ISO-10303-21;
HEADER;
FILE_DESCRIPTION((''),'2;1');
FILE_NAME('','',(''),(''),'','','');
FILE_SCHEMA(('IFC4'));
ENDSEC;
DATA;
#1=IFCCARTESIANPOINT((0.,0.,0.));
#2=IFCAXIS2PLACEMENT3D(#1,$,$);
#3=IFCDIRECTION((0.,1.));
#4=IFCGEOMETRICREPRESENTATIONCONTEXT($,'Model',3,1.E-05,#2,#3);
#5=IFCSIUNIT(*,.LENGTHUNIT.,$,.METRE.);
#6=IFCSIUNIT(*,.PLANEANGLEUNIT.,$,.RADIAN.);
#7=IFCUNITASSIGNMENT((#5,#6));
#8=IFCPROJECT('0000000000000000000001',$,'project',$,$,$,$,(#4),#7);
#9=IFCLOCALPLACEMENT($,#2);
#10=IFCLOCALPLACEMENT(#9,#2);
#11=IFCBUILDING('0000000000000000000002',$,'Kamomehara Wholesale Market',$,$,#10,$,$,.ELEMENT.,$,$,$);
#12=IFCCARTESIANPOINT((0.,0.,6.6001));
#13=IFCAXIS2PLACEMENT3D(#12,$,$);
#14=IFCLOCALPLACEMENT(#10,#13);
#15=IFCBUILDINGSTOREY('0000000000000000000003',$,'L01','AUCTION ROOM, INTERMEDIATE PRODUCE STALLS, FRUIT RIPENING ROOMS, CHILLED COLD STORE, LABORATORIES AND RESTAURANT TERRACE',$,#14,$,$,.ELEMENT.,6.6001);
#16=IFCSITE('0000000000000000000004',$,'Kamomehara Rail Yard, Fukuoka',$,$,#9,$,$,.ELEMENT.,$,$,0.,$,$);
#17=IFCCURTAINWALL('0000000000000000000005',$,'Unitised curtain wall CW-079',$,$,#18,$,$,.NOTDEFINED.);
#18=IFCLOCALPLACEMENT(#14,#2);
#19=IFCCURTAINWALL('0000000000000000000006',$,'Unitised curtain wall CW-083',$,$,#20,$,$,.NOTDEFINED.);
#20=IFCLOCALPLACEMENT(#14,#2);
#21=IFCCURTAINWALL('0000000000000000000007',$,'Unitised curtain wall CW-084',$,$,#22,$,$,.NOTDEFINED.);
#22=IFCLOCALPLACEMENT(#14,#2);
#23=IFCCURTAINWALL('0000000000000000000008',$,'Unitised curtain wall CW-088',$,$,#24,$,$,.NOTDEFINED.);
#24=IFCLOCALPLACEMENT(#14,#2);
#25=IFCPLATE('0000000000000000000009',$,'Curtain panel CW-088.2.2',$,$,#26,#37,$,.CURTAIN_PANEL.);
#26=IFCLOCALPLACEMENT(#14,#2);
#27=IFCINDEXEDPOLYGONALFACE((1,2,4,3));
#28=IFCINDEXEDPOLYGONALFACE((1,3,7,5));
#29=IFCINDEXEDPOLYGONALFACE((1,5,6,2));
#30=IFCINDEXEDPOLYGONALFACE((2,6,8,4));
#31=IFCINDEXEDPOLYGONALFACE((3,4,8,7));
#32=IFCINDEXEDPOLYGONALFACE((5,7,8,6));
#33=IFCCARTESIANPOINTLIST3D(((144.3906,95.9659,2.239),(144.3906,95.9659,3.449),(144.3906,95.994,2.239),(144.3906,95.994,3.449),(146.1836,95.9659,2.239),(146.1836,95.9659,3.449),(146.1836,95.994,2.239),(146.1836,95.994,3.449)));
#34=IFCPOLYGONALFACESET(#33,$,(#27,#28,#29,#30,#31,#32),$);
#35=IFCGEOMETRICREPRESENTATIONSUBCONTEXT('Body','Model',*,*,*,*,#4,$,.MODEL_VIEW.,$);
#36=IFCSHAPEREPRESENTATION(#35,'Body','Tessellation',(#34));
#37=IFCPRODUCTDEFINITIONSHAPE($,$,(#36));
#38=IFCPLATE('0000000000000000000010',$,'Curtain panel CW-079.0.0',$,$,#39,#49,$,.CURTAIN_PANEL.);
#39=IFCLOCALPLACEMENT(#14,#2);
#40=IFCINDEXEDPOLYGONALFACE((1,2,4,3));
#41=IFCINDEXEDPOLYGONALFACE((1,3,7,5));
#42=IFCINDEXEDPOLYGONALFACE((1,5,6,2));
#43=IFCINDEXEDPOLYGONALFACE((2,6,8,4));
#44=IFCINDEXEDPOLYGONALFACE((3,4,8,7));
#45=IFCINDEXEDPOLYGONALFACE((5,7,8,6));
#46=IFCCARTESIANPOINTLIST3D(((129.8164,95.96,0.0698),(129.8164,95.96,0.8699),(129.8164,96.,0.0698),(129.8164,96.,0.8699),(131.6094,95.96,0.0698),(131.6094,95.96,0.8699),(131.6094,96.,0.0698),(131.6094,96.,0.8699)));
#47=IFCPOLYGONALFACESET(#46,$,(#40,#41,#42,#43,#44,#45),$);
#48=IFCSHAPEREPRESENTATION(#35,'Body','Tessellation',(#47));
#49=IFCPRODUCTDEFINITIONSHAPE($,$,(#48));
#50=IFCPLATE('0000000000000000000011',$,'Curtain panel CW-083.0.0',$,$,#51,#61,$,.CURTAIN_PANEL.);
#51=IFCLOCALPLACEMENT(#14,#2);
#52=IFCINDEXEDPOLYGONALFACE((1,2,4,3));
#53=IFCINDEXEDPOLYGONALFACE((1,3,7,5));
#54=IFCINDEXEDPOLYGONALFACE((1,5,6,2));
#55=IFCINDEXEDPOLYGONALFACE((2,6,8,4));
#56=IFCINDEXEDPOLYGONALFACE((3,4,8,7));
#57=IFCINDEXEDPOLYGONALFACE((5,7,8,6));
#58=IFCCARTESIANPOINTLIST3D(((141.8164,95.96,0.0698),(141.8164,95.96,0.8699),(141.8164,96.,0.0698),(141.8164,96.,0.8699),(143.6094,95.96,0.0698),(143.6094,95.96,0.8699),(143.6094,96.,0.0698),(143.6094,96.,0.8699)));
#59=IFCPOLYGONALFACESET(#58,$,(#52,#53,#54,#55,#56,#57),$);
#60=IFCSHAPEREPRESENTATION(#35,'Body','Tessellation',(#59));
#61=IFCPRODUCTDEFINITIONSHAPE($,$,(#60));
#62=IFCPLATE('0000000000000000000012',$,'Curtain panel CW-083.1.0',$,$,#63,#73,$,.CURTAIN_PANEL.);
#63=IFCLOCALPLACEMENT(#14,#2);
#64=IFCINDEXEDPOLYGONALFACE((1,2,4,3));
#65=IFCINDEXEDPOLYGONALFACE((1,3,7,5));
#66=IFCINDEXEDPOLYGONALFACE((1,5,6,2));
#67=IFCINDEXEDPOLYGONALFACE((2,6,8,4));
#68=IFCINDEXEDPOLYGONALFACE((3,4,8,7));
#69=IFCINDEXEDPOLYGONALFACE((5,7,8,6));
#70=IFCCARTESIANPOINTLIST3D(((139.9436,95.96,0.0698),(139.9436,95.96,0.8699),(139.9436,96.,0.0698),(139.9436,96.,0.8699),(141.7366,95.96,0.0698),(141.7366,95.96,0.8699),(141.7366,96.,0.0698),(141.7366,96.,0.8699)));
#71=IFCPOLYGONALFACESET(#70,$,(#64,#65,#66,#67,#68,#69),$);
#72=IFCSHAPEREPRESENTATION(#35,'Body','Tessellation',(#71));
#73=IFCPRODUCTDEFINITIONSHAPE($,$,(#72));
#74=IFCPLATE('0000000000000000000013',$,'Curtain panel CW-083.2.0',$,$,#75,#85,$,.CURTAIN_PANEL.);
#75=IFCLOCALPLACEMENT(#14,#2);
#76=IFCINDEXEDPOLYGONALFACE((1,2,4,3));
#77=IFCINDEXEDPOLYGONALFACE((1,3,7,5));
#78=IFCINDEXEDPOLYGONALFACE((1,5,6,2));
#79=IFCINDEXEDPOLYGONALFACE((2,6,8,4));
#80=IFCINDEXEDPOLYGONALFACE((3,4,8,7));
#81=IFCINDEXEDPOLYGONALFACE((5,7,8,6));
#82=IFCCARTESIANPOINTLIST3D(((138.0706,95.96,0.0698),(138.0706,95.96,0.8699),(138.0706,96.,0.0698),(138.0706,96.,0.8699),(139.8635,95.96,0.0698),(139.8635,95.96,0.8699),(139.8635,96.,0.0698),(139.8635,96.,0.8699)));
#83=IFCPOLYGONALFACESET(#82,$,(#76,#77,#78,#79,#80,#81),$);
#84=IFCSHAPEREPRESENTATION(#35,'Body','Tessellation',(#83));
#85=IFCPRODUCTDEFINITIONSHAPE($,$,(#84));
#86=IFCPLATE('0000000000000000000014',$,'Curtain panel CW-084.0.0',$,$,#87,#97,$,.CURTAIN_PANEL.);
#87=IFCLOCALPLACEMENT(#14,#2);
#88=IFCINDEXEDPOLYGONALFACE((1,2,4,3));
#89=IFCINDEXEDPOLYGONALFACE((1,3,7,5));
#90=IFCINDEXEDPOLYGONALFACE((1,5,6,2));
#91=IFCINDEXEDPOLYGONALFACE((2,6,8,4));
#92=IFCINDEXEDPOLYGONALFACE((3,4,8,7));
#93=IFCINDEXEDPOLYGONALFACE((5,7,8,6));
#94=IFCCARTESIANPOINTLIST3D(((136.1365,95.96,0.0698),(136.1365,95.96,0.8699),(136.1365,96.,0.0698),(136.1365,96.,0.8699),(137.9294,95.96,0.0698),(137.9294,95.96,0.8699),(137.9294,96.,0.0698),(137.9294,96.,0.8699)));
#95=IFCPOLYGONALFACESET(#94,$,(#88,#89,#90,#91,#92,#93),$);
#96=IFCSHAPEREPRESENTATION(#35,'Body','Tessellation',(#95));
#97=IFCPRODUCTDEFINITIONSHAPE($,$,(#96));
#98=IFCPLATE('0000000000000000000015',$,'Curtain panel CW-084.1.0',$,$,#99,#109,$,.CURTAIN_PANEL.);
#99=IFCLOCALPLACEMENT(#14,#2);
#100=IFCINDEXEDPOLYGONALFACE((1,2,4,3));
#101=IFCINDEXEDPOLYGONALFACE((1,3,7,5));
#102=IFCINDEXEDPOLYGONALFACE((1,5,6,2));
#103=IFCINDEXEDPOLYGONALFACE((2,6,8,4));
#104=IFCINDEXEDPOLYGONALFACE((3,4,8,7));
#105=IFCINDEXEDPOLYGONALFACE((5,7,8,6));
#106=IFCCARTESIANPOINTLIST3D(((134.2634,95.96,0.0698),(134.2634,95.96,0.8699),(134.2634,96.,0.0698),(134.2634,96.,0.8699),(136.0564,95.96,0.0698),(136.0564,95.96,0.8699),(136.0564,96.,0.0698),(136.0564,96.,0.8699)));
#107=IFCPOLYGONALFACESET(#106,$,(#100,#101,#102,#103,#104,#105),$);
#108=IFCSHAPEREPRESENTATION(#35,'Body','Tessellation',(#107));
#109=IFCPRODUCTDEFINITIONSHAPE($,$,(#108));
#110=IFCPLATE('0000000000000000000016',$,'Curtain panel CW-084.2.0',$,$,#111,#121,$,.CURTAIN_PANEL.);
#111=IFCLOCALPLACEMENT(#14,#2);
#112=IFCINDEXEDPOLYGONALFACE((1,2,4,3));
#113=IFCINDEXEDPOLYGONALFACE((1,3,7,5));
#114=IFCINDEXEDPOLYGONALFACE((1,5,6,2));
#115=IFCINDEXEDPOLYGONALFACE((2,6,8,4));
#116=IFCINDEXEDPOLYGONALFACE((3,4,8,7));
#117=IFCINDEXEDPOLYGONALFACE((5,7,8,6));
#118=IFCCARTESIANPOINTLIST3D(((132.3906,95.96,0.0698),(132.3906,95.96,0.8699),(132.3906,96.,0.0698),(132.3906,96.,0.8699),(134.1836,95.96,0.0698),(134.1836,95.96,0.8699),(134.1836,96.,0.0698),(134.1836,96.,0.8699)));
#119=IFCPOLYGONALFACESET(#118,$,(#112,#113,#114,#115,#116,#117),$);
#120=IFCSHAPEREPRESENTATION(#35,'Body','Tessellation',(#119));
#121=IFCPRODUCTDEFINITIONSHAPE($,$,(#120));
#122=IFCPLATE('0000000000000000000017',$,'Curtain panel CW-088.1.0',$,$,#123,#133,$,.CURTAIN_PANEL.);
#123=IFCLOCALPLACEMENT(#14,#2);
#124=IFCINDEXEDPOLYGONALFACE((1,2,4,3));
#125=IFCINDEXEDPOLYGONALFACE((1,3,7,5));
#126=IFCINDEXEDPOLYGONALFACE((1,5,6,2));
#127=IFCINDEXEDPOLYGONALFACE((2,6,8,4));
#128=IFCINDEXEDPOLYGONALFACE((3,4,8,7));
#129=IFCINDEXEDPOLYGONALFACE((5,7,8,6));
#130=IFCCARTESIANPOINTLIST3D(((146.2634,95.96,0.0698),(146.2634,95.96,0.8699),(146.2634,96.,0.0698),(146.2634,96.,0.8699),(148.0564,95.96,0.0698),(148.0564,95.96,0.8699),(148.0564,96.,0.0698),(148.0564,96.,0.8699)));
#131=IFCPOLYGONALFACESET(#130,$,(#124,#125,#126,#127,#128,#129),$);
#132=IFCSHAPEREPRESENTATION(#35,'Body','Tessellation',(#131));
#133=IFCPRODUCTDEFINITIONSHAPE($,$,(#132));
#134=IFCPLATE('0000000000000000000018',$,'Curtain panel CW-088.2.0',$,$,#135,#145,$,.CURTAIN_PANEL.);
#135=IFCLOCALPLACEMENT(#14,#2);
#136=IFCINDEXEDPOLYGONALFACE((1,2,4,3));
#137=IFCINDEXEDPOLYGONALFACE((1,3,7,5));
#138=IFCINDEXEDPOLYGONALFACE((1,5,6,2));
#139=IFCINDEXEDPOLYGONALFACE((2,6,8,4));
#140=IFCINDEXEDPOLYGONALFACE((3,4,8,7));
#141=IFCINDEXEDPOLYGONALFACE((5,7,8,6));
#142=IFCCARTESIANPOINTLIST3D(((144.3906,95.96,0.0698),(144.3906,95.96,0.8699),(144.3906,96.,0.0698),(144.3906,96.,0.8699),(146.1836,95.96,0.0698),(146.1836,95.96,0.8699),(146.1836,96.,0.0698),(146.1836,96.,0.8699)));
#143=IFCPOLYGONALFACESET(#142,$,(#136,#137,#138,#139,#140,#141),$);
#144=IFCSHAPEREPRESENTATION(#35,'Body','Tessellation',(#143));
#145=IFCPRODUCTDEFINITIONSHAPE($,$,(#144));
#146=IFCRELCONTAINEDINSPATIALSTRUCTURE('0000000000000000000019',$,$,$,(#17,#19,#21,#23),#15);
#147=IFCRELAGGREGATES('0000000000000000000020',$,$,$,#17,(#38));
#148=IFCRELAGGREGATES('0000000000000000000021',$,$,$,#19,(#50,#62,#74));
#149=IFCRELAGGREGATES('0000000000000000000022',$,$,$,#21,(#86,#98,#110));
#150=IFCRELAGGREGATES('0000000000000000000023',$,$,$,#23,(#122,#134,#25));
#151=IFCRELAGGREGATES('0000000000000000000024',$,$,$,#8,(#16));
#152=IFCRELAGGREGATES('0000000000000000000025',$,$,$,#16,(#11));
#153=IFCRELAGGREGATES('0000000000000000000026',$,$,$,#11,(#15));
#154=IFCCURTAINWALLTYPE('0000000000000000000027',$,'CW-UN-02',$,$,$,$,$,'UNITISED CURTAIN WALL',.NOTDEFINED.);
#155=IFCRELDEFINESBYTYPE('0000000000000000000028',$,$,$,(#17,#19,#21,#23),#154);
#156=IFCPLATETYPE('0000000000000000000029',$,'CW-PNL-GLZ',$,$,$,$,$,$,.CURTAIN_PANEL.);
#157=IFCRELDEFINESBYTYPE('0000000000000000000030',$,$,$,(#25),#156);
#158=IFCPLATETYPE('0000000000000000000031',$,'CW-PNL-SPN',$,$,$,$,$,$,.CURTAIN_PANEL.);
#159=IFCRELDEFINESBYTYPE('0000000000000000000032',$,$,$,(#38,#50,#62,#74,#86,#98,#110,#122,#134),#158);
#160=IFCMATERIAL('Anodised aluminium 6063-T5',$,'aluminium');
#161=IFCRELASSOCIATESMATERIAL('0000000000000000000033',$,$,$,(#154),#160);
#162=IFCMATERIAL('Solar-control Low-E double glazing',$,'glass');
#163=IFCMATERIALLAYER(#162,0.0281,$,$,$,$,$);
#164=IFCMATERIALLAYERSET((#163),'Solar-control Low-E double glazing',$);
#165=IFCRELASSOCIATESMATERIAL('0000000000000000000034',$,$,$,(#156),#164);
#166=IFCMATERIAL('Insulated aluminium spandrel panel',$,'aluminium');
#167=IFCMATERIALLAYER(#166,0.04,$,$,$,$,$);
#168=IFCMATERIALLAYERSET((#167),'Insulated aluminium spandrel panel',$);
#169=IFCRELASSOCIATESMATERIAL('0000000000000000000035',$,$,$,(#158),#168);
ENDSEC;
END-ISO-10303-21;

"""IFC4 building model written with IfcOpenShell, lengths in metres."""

from ifc_helpers import new_model, si_unit, direction, frame, origin, origin_2d, place, context, subcontext, project, spatial, rectangle, extrude, material, layer, layer_set, type_object, element, aggregate, save


model = new_model("IFC4")

# Units and contexts
model_context = context("Model", 3, precision=1e-05, world=origin(), true_north=direction((0.0, 1.0)))
body_context = subcontext(model_context, "Body", "Model", "MODEL_VIEW")
ifc_project = project(units=[si_unit("LENGTHUNIT", "METRE"), si_unit("PLANEANGLEUNIT", "RADIAN")], contexts=[model_context])

# Site, building, storey
site_placement = place(None, origin())
site = spatial("IfcSite", under=ifc_project, at=site_placement, Name="Kamomehara Rail Yard, Fukuoka", CompositionType="ELEMENT", RefElevation=0.0)
building_placement = place(site_placement, origin())
building = spatial("IfcBuilding", under=site, at=building_placement, Name="Kamomehara Wholesale Market", CompositionType="ELEMENT")
storey_placement = place(building_placement, frame((0.0, 0.0, 6.6001)))
storey = spatial("IfcBuildingStorey", under=building, at=storey_placement, Name="L01", Description="AUCTION ROOM, INTERMEDIATE PRODUCE STALLS, FRUIT RIPENING ROOMS, CHILLED COLD STORE, LABORATORIES AND RESTAURANT TERRACE", CompositionType="ELEMENT", Elevation=6.6001)

# Curtain walls, plate
ifc_material_1 = material(Name="Anodised aluminium 6063-T5", Category="aluminium")
curtain_wall_type = type_object("IfcCurtainWallType", Name="CW-UN-02", ElementType="UNITISED CURTAIN WALL", PredefinedType="NOTDEFINED", material=ifc_material_1)
curtain_wall_1_placement = place(storey_placement, origin())
curtain_wall_1 = element("IfcCurtainWall", 1, at=curtain_wall_1_placement, inside=storey, type_object=curtain_wall_type, Name="Unitised curtain wall CW-079", PredefinedType="NOTDEFINED")
ifc_material_2 = material(Name="Solar-control Low-E double glazing", Category="glass")
ifc_layer_1 = layer(ifc_material_2, 0.0281)
ifc_layer_set_1 = layer_set([ifc_layer_1], Name="Solar-control Low-E double glazing")
plate_type_1 = type_object("IfcPlateType", Name="CW-PNL-GLZ", PredefinedType="CURTAIN_PANEL", material=ifc_layer_set_1)
curtain_wall_2_placement = place(storey_placement, origin())
curtain_wall_2 = element("IfcCurtainWall", 2, at=curtain_wall_2_placement, inside=storey, type_object=curtain_wall_type, Name="Unitised curtain wall CW-083", PredefinedType="NOTDEFINED")
curtain_wall_3_placement = place(storey_placement, origin())
curtain_wall_3 = element("IfcCurtainWall", 3, at=curtain_wall_3_placement, inside=storey, type_object=curtain_wall_type, Name="Unitised curtain wall CW-084", PredefinedType="NOTDEFINED")
curtain_wall_4_placement = place(storey_placement, origin())
curtain_wall_4 = element("IfcCurtainWall", 4, at=curtain_wall_4_placement, inside=storey, type_object=curtain_wall_type, Name="Unitised curtain wall CW-088", PredefinedType="NOTDEFINED")
plate_1_placement = place(storey_placement, frame((145.2871, 95.98, 2.239), z_axis=(0.0, 0.0, 1.0), x_axis=(-1.0, 0.0, 0.0)))
plate_1 = element("IfcPlate", 5, at=plate_1_placement, type_object=plate_type_1, Name="Curtain panel CW-088.2.2", PredefinedType="CURTAIN_PANEL", context=body_context, shape_type="SweptSolid", body=[
    extrude(rectangle(XDim=1.793, YDim=0.0281, at=origin_2d()), origin(), (0.0, 0.0, 1.0), 1.21),
])

# Plates
ifc_material_3 = material(Name="Insulated aluminium spandrel panel", Category="aluminium")
ifc_layer_2 = layer(ifc_material_3, 0.04)
ifc_layer_set_2 = layer_set([ifc_layer_2], Name="Insulated aluminium spandrel panel")
plate_type_2 = type_object("IfcPlateType", Name="CW-PNL-SPN", PredefinedType="CURTAIN_PANEL", material=ifc_layer_set_2)
plate_2_placement = place(storey_placement, frame((130.7129, 95.98, 0.0698), z_axis=(0.0, 0.0, 1.0), x_axis=(-1.0, 0.0, 0.0)))
plate_2 = element("IfcPlate", 6, at=plate_2_placement, type_object=plate_type_2, Name="Curtain panel CW-079.0.0", PredefinedType="CURTAIN_PANEL", context=body_context, shape_type="SweptSolid", body=[
    extrude(rectangle(XDim=1.793, YDim=0.04, at=origin_2d()), origin(), (0.0, 0.0, 1.0), 0.8),
])
aggregate(curtain_wall_1, [plate_2])
plate_3_placement = place(storey_placement, frame((142.7129, 95.98, 0.0698), z_axis=(0.0, 0.0, 1.0), x_axis=(-1.0, 0.0, 0.0)))
plate_3 = element("IfcPlate", 7, at=plate_3_placement, type_object=plate_type_2, Name="Curtain panel CW-083.0.0", PredefinedType="CURTAIN_PANEL", context=body_context, shape_type="SweptSolid", body=[
    extrude(rectangle(XDim=1.793, YDim=0.04, at=origin_2d()), origin(), (0.0, 0.0, 1.0), 0.8),
])
plate_4_placement = place(storey_placement, frame((140.8401, 95.98, 0.0698), z_axis=(0.0, 0.0, 1.0), x_axis=(-1.0, 0.0, 0.0)))
plate_4 = element("IfcPlate", 8, at=plate_4_placement, type_object=plate_type_2, Name="Curtain panel CW-083.1.0", PredefinedType="CURTAIN_PANEL", context=body_context, shape_type="SweptSolid", body=[
    extrude(rectangle(XDim=1.793, YDim=0.04, at=origin_2d()), origin(), (0.0, 0.0, 1.0), 0.8),
])
plate_5_placement = place(storey_placement, frame((138.967, 95.98, 0.0698), z_axis=(0.0, 0.0, 1.0), x_axis=(-1.0, 0.0, 0.0)))
plate_5 = element("IfcPlate", 9, at=plate_5_placement, type_object=plate_type_2, Name="Curtain panel CW-083.2.0", PredefinedType="CURTAIN_PANEL", context=body_context, shape_type="SweptSolid", body=[
    extrude(rectangle(XDim=1.793, YDim=0.04, at=origin_2d()), origin(), (0.0, 0.0, 1.0), 0.8),
])
aggregate(curtain_wall_2, [plate_3, plate_4, plate_5])
plate_6_placement = place(storey_placement, frame((137.033, 95.98, 0.0698), z_axis=(0.0, 0.0, 1.0), x_axis=(-1.0, 0.0, 0.0)))
plate_6 = element("IfcPlate", 10, at=plate_6_placement, type_object=plate_type_2, Name="Curtain panel CW-084.0.0", PredefinedType="CURTAIN_PANEL", context=body_context, shape_type="SweptSolid", body=[
    extrude(rectangle(XDim=1.793, YDim=0.04, at=origin_2d()), origin(), (0.0, 0.0, 1.0), 0.8),
])
plate_7_placement = place(storey_placement, frame((135.1599, 95.98, 0.0698), z_axis=(0.0, 0.0, 1.0), x_axis=(-1.0, 0.0, 0.0)))
plate_7 = element("IfcPlate", 11, at=plate_7_placement, type_object=plate_type_2, Name="Curtain panel CW-084.1.0", PredefinedType="CURTAIN_PANEL", context=body_context, shape_type="SweptSolid", body=[
    extrude(rectangle(XDim=1.793, YDim=0.04, at=origin_2d()), origin(), (0.0, 0.0, 1.0), 0.8),
])
plate_8_placement = place(storey_placement, frame((133.2871, 95.98, 0.0698), z_axis=(0.0, 0.0, 1.0), x_axis=(-1.0, 0.0, 0.0)))
plate_8 = element("IfcPlate", 12, at=plate_8_placement, type_object=plate_type_2, Name="Curtain panel CW-084.2.0", PredefinedType="CURTAIN_PANEL", context=body_context, shape_type="SweptSolid", body=[
    extrude(rectangle(XDim=1.793, YDim=0.04, at=origin_2d()), origin(), (0.0, 0.0, 1.0), 0.8),
])
aggregate(curtain_wall_3, [plate_6, plate_7, plate_8])
plate_9_placement = place(storey_placement, frame((147.1599, 95.98, 0.0698), z_axis=(0.0, 0.0, 1.0), x_axis=(-1.0, 0.0, 0.0)))
plate_9 = element("IfcPlate", 13, at=plate_9_placement, type_object=plate_type_2, Name="Curtain panel CW-088.1.0", PredefinedType="CURTAIN_PANEL", context=body_context, shape_type="SweptSolid", body=[
    extrude(rectangle(XDim=1.793, YDim=0.04, at=origin_2d()), origin(), (0.0, 0.0, 1.0), 0.8),
])
plate_10_placement = place(storey_placement, frame((145.2871, 95.98, 0.0698), z_axis=(0.0, 0.0, 1.0), x_axis=(-1.0, 0.0, 0.0)))
plate_10 = element("IfcPlate", 14, at=plate_10_placement, type_object=plate_type_2, Name="Curtain panel CW-088.2.0", PredefinedType="CURTAIN_PANEL", context=body_context, shape_type="SweptSolid", body=[
    extrude(rectangle(XDim=1.793, YDim=0.04, at=origin_2d()), origin(), (0.0, 0.0, 1.0), 0.8),
])
aggregate(curtain_wall_4, [plate_9, plate_10, plate_1])

save(model, "model.ifc")
